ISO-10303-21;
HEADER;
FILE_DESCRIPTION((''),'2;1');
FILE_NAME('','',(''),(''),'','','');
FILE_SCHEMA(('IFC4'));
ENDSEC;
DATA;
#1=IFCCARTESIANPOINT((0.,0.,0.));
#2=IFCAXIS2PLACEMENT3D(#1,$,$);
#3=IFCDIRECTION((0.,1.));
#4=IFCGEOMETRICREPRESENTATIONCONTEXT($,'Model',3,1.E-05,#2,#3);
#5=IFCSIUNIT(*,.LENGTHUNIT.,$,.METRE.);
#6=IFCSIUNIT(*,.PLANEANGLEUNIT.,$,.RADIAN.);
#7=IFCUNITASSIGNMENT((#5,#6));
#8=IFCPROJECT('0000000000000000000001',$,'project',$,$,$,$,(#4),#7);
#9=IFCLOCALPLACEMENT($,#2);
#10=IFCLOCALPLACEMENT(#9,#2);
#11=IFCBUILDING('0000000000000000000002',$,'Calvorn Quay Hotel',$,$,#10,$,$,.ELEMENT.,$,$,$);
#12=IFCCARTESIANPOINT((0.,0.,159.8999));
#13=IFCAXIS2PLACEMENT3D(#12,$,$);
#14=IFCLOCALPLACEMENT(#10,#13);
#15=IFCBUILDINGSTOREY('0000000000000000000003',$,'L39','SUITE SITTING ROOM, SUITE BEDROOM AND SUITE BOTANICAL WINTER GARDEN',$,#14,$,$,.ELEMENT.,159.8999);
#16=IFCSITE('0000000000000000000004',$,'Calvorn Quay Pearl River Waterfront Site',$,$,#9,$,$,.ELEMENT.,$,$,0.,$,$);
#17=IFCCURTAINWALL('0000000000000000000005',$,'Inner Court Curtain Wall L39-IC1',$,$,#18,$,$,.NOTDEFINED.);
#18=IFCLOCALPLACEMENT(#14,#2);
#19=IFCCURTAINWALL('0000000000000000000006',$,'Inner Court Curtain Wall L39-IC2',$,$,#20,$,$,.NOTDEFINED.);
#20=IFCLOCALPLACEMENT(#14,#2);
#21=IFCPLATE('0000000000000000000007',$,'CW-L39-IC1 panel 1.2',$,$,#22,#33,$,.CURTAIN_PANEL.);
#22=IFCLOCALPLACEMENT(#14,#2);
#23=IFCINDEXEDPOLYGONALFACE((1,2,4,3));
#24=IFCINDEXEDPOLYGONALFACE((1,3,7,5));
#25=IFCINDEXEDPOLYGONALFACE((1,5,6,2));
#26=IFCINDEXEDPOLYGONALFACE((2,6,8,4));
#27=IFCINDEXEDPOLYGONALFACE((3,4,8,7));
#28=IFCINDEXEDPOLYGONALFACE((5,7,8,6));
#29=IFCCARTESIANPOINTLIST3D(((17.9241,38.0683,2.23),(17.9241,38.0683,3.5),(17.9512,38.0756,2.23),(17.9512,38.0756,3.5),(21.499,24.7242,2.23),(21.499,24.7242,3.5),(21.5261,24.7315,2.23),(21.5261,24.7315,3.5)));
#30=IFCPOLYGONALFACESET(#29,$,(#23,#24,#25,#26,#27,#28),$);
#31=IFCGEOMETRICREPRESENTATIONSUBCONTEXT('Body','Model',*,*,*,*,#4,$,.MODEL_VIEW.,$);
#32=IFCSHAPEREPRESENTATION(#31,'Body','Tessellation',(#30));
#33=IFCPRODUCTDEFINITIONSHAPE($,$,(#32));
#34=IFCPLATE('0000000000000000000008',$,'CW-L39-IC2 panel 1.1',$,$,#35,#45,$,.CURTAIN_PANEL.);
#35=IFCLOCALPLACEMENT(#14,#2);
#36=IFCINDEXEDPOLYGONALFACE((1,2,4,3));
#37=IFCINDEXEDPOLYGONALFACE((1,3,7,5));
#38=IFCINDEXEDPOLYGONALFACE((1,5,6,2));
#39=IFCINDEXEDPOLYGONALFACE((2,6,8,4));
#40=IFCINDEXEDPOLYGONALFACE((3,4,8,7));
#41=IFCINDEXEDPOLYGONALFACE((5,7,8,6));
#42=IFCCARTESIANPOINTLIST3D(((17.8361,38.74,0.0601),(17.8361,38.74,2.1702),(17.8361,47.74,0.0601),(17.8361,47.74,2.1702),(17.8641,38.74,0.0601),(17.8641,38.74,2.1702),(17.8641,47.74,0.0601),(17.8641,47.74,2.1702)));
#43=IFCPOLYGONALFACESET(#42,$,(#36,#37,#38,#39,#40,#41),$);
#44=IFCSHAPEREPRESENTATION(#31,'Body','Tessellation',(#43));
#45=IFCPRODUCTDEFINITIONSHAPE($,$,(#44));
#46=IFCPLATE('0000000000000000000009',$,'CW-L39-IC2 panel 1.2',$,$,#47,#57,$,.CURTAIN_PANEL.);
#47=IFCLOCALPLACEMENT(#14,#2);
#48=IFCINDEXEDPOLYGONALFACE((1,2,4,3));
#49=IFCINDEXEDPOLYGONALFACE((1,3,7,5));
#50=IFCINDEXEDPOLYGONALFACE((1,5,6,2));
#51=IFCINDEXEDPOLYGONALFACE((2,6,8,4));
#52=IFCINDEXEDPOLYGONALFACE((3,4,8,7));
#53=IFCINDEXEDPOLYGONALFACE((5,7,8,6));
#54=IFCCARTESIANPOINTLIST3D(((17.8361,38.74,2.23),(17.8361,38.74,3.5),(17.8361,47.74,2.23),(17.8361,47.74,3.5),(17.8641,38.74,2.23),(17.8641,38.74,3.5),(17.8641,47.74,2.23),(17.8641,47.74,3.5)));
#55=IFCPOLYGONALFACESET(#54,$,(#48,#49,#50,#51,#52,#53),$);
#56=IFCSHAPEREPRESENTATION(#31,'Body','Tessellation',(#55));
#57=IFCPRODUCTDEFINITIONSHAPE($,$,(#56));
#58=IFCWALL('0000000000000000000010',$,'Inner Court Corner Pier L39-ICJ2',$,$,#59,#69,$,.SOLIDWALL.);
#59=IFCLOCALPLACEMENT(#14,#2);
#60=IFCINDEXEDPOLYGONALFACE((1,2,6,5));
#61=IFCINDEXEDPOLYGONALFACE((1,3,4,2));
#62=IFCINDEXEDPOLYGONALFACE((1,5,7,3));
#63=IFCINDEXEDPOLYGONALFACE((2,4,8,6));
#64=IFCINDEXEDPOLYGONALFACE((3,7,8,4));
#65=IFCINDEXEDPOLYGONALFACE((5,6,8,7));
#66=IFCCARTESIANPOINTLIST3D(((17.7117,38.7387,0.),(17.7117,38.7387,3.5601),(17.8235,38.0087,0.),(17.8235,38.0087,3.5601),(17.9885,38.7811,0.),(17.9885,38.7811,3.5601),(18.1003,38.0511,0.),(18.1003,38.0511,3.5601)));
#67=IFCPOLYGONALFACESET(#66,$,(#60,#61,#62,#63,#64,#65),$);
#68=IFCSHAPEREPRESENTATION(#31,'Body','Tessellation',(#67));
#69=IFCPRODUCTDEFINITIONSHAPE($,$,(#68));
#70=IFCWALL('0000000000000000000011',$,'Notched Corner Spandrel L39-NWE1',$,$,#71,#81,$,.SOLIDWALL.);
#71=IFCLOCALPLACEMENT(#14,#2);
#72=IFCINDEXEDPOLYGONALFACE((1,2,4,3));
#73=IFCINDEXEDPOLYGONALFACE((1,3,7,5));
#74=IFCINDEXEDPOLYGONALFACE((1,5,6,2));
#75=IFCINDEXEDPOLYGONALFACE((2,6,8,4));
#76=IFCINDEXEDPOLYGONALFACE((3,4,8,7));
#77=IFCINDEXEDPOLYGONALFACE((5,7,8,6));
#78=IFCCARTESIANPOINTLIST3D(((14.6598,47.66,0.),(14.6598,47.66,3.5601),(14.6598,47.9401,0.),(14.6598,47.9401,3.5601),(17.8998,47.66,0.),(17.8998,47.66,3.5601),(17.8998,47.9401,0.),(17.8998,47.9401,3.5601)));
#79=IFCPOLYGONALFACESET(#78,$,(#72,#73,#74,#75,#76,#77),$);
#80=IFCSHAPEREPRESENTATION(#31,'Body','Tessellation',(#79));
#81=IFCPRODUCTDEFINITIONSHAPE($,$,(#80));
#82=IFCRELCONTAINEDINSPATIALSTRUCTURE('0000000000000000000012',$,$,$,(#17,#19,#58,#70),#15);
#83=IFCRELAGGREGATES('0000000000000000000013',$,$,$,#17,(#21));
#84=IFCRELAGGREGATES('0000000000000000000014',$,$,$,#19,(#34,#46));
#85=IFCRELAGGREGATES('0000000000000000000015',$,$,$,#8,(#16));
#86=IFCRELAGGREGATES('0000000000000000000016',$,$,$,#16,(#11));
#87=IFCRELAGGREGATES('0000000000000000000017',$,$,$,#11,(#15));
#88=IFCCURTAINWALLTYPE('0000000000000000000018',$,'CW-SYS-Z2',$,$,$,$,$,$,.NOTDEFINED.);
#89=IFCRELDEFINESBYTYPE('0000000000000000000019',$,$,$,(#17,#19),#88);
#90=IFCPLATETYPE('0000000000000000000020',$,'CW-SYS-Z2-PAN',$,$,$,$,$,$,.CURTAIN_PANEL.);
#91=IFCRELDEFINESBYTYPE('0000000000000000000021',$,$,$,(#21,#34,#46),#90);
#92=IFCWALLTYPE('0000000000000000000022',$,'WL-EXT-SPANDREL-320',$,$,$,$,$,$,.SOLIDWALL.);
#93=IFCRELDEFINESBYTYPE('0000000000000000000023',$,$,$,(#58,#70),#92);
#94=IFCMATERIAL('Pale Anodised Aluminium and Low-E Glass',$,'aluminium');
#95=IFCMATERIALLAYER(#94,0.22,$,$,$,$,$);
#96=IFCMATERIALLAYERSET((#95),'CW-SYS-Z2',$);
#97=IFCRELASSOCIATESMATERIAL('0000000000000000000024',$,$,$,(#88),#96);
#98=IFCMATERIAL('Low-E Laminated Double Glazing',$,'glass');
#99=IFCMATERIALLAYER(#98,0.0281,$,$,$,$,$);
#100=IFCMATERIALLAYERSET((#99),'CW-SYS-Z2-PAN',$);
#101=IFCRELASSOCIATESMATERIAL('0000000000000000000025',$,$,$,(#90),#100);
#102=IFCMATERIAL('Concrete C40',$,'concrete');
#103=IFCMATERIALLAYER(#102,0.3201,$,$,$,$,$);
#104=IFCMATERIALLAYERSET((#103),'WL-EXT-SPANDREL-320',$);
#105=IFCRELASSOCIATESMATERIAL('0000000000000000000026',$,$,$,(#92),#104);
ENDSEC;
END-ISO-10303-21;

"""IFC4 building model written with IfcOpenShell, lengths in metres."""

from ifc_helpers import new_model, si_unit, direction, frame, frame_2d, origin, origin_2d, place, context, subcontext, project, spatial, rectangle, extrude, material, layer, layer_set, type_object, element, aggregate, save


model = new_model("IFC4")

# Units and contexts
model_context = context("Model", 3, precision=1e-05, world=origin(), true_north=direction((0.0, 1.0)))
body_context = subcontext(model_context, "Body", "Model", "MODEL_VIEW")
ifc_project = project(units=[si_unit("LENGTHUNIT", "METRE"), si_unit("PLANEANGLEUNIT", "RADIAN")], contexts=[model_context])

# Site, building, storey
site_placement = place(None, origin())
site = spatial("IfcSite", under=ifc_project, at=site_placement, Name="Calvorn Quay Pearl River Waterfront Site", CompositionType="ELEMENT", RefElevation=0.0)
building_placement = place(site_placement, origin())
building = spatial("IfcBuilding", under=site, at=building_placement, Name="Calvorn Quay Hotel", CompositionType="ELEMENT")
storey_placement = place(building_placement, frame((0.0, 0.0, 159.8999)))
storey = spatial("IfcBuildingStorey", under=building, at=storey_placement, Name="L39", Description="SUITE SITTING ROOM, SUITE BEDROOM AND SUITE BOTANICAL WINTER GARDEN", CompositionType="ELEMENT", Elevation=159.8999)

# Curtain wall
ifc_material_1 = material(Name="Pale Anodised Aluminium and Low-E Glass", Category="aluminium")
ifc_layer_1 = layer(ifc_material_1, 0.22)
ifc_layer_set_1 = layer_set([ifc_layer_1], Name="CW-SYS-Z2")
curtain_wall_type = type_object("IfcCurtainWallType", Name="CW-SYS-Z2", PredefinedType="NOTDEFINED", material=ifc_layer_set_1)
curtain_wall_1_placement = place(storey_placement, origin())
curtain_wall_1 = element("IfcCurtainWall", 1, at=curtain_wall_1_placement, inside=storey, type_object=curtain_wall_type, Name="Inner Court Curtain Wall L39-IC1", PredefinedType="NOTDEFINED")

# Curtain wall
curtain_wall_2_placement = place(storey_placement, origin())
curtain_wall_2 = element("IfcCurtainWall", 2, at=curtain_wall_2_placement, inside=storey, type_object=curtain_wall_type, Name="Inner Court Curtain Wall L39-IC2", PredefinedType="NOTDEFINED")

# Plates
ifc_material_2 = material(Name="Low-E Laminated Double Glazing", Category="glass")
ifc_layer_2 = layer(ifc_material_2, 0.0281)
ifc_layer_set_2 = layer_set([ifc_layer_2], Name="CW-SYS-Z2-PAN")
plate_type = type_object("IfcPlateType", Name="CW-SYS-Z2-PAN", PredefinedType="CURTAIN_PANEL", material=ifc_layer_set_2)
plate_1_placement = place(storey_placement, frame((19.7251, 31.3999, 2.23), z_axis=(0.0, 0.0, 1.0), x_axis=(-0.258779, 0.965937, 0.0)))
plate_1 = element("IfcPlate", 3, at=plate_1_placement, type_object=plate_type, Name="CW-L39-IC1 panel 1.2", PredefinedType="CURTAIN_PANEL", context=body_context, shape_type="SweptSolid", body=[
    extrude(rectangle(XDim=13.8147, YDim=0.0281, at=origin_2d()), origin(), (0.0, 0.0, 1.0), 1.27),
])
aggregate(curtain_wall_1, [plate_1])
plate_2_placement = place(storey_placement, frame((17.8501, 43.24, 0.0601), z_axis=(0.0, 0.0, 1.0), x_axis=(0.0, 1.0, 0.0)))
plate_2 = element("IfcPlate", 4, at=plate_2_placement, type_object=plate_type, Name="CW-L39-IC2 panel 1.1", PredefinedType="CURTAIN_PANEL", context=body_context, shape_type="SweptSolid", body=[
    extrude(rectangle(XDim=9.0, YDim=0.0281, at=origin_2d()), origin(), (0.0, 0.0, 1.0), 2.1101),
])
plate_3_placement = place(storey_placement, frame((17.8501, 43.24, 2.23), z_axis=(0.0, 0.0, 1.0), x_axis=(0.0, 1.0, 0.0)))
plate_3 = element("IfcPlate", 5, at=plate_3_placement, type_object=plate_type, Name="CW-L39-IC2 panel 1.2", PredefinedType="CURTAIN_PANEL", context=body_context, shape_type="SweptSolid", body=[
    extrude(rectangle(XDim=9.0, YDim=0.0281, at=origin_2d()), origin(), (0.0, 0.0, 1.0), 1.27),
])
aggregate(curtain_wall_2, [plate_2, plate_3])

# Walls
ifc_material_3 = material(Name="Concrete C40", Category="concrete")
ifc_layer_3 = layer(ifc_material_3, 0.3201)
ifc_layer_set_3 = layer_set([ifc_layer_3], Name="WL-EXT-SPANDREL-320")
wall_type = type_object("IfcWallType", Name="WL-EXT-SPANDREL-320", PredefinedType="SOLIDWALL", material=ifc_layer_set_3)
wall_1_placement = place(storey_placement, frame((17.9619, 38.03, 0.0), z_axis=(0.0, 0.0, 1.0), x_axis=(-0.151411, 0.988471, 0.0)))
element("IfcWall", 6, at=wall_1_placement, inside=storey, type_object=wall_type, Name="Inner Court Corner Pier L39-ICJ2", PredefinedType="SOLIDWALL", context=body_context, shape_type="SweptSolid", body=[
    extrude(rectangle(XDim=0.7385, YDim=0.28, at=frame_2d((0.3691, 0.0))), origin(), (0.0, 0.0, 1.0), 3.5601),
])
wall_2_placement = place(storey_placement, frame((17.8999, 47.8, 0.0), z_axis=(0.0, 0.0, 1.0), x_axis=(-1.0, 0.0, 0.0)))
element("IfcWall", 7, at=wall_2_placement, inside=storey, type_object=wall_type, Name="Notched Corner Spandrel L39-NWE1", PredefinedType="SOLIDWALL", context=body_context, shape_type="SweptSolid", body=[
    extrude(rectangle(XDim=3.24, YDim=0.28, at=frame_2d((1.6201, 0.0))), origin(), (0.0, 0.0, 1.0), 3.5601),
])

save(model, "model.ifc")
